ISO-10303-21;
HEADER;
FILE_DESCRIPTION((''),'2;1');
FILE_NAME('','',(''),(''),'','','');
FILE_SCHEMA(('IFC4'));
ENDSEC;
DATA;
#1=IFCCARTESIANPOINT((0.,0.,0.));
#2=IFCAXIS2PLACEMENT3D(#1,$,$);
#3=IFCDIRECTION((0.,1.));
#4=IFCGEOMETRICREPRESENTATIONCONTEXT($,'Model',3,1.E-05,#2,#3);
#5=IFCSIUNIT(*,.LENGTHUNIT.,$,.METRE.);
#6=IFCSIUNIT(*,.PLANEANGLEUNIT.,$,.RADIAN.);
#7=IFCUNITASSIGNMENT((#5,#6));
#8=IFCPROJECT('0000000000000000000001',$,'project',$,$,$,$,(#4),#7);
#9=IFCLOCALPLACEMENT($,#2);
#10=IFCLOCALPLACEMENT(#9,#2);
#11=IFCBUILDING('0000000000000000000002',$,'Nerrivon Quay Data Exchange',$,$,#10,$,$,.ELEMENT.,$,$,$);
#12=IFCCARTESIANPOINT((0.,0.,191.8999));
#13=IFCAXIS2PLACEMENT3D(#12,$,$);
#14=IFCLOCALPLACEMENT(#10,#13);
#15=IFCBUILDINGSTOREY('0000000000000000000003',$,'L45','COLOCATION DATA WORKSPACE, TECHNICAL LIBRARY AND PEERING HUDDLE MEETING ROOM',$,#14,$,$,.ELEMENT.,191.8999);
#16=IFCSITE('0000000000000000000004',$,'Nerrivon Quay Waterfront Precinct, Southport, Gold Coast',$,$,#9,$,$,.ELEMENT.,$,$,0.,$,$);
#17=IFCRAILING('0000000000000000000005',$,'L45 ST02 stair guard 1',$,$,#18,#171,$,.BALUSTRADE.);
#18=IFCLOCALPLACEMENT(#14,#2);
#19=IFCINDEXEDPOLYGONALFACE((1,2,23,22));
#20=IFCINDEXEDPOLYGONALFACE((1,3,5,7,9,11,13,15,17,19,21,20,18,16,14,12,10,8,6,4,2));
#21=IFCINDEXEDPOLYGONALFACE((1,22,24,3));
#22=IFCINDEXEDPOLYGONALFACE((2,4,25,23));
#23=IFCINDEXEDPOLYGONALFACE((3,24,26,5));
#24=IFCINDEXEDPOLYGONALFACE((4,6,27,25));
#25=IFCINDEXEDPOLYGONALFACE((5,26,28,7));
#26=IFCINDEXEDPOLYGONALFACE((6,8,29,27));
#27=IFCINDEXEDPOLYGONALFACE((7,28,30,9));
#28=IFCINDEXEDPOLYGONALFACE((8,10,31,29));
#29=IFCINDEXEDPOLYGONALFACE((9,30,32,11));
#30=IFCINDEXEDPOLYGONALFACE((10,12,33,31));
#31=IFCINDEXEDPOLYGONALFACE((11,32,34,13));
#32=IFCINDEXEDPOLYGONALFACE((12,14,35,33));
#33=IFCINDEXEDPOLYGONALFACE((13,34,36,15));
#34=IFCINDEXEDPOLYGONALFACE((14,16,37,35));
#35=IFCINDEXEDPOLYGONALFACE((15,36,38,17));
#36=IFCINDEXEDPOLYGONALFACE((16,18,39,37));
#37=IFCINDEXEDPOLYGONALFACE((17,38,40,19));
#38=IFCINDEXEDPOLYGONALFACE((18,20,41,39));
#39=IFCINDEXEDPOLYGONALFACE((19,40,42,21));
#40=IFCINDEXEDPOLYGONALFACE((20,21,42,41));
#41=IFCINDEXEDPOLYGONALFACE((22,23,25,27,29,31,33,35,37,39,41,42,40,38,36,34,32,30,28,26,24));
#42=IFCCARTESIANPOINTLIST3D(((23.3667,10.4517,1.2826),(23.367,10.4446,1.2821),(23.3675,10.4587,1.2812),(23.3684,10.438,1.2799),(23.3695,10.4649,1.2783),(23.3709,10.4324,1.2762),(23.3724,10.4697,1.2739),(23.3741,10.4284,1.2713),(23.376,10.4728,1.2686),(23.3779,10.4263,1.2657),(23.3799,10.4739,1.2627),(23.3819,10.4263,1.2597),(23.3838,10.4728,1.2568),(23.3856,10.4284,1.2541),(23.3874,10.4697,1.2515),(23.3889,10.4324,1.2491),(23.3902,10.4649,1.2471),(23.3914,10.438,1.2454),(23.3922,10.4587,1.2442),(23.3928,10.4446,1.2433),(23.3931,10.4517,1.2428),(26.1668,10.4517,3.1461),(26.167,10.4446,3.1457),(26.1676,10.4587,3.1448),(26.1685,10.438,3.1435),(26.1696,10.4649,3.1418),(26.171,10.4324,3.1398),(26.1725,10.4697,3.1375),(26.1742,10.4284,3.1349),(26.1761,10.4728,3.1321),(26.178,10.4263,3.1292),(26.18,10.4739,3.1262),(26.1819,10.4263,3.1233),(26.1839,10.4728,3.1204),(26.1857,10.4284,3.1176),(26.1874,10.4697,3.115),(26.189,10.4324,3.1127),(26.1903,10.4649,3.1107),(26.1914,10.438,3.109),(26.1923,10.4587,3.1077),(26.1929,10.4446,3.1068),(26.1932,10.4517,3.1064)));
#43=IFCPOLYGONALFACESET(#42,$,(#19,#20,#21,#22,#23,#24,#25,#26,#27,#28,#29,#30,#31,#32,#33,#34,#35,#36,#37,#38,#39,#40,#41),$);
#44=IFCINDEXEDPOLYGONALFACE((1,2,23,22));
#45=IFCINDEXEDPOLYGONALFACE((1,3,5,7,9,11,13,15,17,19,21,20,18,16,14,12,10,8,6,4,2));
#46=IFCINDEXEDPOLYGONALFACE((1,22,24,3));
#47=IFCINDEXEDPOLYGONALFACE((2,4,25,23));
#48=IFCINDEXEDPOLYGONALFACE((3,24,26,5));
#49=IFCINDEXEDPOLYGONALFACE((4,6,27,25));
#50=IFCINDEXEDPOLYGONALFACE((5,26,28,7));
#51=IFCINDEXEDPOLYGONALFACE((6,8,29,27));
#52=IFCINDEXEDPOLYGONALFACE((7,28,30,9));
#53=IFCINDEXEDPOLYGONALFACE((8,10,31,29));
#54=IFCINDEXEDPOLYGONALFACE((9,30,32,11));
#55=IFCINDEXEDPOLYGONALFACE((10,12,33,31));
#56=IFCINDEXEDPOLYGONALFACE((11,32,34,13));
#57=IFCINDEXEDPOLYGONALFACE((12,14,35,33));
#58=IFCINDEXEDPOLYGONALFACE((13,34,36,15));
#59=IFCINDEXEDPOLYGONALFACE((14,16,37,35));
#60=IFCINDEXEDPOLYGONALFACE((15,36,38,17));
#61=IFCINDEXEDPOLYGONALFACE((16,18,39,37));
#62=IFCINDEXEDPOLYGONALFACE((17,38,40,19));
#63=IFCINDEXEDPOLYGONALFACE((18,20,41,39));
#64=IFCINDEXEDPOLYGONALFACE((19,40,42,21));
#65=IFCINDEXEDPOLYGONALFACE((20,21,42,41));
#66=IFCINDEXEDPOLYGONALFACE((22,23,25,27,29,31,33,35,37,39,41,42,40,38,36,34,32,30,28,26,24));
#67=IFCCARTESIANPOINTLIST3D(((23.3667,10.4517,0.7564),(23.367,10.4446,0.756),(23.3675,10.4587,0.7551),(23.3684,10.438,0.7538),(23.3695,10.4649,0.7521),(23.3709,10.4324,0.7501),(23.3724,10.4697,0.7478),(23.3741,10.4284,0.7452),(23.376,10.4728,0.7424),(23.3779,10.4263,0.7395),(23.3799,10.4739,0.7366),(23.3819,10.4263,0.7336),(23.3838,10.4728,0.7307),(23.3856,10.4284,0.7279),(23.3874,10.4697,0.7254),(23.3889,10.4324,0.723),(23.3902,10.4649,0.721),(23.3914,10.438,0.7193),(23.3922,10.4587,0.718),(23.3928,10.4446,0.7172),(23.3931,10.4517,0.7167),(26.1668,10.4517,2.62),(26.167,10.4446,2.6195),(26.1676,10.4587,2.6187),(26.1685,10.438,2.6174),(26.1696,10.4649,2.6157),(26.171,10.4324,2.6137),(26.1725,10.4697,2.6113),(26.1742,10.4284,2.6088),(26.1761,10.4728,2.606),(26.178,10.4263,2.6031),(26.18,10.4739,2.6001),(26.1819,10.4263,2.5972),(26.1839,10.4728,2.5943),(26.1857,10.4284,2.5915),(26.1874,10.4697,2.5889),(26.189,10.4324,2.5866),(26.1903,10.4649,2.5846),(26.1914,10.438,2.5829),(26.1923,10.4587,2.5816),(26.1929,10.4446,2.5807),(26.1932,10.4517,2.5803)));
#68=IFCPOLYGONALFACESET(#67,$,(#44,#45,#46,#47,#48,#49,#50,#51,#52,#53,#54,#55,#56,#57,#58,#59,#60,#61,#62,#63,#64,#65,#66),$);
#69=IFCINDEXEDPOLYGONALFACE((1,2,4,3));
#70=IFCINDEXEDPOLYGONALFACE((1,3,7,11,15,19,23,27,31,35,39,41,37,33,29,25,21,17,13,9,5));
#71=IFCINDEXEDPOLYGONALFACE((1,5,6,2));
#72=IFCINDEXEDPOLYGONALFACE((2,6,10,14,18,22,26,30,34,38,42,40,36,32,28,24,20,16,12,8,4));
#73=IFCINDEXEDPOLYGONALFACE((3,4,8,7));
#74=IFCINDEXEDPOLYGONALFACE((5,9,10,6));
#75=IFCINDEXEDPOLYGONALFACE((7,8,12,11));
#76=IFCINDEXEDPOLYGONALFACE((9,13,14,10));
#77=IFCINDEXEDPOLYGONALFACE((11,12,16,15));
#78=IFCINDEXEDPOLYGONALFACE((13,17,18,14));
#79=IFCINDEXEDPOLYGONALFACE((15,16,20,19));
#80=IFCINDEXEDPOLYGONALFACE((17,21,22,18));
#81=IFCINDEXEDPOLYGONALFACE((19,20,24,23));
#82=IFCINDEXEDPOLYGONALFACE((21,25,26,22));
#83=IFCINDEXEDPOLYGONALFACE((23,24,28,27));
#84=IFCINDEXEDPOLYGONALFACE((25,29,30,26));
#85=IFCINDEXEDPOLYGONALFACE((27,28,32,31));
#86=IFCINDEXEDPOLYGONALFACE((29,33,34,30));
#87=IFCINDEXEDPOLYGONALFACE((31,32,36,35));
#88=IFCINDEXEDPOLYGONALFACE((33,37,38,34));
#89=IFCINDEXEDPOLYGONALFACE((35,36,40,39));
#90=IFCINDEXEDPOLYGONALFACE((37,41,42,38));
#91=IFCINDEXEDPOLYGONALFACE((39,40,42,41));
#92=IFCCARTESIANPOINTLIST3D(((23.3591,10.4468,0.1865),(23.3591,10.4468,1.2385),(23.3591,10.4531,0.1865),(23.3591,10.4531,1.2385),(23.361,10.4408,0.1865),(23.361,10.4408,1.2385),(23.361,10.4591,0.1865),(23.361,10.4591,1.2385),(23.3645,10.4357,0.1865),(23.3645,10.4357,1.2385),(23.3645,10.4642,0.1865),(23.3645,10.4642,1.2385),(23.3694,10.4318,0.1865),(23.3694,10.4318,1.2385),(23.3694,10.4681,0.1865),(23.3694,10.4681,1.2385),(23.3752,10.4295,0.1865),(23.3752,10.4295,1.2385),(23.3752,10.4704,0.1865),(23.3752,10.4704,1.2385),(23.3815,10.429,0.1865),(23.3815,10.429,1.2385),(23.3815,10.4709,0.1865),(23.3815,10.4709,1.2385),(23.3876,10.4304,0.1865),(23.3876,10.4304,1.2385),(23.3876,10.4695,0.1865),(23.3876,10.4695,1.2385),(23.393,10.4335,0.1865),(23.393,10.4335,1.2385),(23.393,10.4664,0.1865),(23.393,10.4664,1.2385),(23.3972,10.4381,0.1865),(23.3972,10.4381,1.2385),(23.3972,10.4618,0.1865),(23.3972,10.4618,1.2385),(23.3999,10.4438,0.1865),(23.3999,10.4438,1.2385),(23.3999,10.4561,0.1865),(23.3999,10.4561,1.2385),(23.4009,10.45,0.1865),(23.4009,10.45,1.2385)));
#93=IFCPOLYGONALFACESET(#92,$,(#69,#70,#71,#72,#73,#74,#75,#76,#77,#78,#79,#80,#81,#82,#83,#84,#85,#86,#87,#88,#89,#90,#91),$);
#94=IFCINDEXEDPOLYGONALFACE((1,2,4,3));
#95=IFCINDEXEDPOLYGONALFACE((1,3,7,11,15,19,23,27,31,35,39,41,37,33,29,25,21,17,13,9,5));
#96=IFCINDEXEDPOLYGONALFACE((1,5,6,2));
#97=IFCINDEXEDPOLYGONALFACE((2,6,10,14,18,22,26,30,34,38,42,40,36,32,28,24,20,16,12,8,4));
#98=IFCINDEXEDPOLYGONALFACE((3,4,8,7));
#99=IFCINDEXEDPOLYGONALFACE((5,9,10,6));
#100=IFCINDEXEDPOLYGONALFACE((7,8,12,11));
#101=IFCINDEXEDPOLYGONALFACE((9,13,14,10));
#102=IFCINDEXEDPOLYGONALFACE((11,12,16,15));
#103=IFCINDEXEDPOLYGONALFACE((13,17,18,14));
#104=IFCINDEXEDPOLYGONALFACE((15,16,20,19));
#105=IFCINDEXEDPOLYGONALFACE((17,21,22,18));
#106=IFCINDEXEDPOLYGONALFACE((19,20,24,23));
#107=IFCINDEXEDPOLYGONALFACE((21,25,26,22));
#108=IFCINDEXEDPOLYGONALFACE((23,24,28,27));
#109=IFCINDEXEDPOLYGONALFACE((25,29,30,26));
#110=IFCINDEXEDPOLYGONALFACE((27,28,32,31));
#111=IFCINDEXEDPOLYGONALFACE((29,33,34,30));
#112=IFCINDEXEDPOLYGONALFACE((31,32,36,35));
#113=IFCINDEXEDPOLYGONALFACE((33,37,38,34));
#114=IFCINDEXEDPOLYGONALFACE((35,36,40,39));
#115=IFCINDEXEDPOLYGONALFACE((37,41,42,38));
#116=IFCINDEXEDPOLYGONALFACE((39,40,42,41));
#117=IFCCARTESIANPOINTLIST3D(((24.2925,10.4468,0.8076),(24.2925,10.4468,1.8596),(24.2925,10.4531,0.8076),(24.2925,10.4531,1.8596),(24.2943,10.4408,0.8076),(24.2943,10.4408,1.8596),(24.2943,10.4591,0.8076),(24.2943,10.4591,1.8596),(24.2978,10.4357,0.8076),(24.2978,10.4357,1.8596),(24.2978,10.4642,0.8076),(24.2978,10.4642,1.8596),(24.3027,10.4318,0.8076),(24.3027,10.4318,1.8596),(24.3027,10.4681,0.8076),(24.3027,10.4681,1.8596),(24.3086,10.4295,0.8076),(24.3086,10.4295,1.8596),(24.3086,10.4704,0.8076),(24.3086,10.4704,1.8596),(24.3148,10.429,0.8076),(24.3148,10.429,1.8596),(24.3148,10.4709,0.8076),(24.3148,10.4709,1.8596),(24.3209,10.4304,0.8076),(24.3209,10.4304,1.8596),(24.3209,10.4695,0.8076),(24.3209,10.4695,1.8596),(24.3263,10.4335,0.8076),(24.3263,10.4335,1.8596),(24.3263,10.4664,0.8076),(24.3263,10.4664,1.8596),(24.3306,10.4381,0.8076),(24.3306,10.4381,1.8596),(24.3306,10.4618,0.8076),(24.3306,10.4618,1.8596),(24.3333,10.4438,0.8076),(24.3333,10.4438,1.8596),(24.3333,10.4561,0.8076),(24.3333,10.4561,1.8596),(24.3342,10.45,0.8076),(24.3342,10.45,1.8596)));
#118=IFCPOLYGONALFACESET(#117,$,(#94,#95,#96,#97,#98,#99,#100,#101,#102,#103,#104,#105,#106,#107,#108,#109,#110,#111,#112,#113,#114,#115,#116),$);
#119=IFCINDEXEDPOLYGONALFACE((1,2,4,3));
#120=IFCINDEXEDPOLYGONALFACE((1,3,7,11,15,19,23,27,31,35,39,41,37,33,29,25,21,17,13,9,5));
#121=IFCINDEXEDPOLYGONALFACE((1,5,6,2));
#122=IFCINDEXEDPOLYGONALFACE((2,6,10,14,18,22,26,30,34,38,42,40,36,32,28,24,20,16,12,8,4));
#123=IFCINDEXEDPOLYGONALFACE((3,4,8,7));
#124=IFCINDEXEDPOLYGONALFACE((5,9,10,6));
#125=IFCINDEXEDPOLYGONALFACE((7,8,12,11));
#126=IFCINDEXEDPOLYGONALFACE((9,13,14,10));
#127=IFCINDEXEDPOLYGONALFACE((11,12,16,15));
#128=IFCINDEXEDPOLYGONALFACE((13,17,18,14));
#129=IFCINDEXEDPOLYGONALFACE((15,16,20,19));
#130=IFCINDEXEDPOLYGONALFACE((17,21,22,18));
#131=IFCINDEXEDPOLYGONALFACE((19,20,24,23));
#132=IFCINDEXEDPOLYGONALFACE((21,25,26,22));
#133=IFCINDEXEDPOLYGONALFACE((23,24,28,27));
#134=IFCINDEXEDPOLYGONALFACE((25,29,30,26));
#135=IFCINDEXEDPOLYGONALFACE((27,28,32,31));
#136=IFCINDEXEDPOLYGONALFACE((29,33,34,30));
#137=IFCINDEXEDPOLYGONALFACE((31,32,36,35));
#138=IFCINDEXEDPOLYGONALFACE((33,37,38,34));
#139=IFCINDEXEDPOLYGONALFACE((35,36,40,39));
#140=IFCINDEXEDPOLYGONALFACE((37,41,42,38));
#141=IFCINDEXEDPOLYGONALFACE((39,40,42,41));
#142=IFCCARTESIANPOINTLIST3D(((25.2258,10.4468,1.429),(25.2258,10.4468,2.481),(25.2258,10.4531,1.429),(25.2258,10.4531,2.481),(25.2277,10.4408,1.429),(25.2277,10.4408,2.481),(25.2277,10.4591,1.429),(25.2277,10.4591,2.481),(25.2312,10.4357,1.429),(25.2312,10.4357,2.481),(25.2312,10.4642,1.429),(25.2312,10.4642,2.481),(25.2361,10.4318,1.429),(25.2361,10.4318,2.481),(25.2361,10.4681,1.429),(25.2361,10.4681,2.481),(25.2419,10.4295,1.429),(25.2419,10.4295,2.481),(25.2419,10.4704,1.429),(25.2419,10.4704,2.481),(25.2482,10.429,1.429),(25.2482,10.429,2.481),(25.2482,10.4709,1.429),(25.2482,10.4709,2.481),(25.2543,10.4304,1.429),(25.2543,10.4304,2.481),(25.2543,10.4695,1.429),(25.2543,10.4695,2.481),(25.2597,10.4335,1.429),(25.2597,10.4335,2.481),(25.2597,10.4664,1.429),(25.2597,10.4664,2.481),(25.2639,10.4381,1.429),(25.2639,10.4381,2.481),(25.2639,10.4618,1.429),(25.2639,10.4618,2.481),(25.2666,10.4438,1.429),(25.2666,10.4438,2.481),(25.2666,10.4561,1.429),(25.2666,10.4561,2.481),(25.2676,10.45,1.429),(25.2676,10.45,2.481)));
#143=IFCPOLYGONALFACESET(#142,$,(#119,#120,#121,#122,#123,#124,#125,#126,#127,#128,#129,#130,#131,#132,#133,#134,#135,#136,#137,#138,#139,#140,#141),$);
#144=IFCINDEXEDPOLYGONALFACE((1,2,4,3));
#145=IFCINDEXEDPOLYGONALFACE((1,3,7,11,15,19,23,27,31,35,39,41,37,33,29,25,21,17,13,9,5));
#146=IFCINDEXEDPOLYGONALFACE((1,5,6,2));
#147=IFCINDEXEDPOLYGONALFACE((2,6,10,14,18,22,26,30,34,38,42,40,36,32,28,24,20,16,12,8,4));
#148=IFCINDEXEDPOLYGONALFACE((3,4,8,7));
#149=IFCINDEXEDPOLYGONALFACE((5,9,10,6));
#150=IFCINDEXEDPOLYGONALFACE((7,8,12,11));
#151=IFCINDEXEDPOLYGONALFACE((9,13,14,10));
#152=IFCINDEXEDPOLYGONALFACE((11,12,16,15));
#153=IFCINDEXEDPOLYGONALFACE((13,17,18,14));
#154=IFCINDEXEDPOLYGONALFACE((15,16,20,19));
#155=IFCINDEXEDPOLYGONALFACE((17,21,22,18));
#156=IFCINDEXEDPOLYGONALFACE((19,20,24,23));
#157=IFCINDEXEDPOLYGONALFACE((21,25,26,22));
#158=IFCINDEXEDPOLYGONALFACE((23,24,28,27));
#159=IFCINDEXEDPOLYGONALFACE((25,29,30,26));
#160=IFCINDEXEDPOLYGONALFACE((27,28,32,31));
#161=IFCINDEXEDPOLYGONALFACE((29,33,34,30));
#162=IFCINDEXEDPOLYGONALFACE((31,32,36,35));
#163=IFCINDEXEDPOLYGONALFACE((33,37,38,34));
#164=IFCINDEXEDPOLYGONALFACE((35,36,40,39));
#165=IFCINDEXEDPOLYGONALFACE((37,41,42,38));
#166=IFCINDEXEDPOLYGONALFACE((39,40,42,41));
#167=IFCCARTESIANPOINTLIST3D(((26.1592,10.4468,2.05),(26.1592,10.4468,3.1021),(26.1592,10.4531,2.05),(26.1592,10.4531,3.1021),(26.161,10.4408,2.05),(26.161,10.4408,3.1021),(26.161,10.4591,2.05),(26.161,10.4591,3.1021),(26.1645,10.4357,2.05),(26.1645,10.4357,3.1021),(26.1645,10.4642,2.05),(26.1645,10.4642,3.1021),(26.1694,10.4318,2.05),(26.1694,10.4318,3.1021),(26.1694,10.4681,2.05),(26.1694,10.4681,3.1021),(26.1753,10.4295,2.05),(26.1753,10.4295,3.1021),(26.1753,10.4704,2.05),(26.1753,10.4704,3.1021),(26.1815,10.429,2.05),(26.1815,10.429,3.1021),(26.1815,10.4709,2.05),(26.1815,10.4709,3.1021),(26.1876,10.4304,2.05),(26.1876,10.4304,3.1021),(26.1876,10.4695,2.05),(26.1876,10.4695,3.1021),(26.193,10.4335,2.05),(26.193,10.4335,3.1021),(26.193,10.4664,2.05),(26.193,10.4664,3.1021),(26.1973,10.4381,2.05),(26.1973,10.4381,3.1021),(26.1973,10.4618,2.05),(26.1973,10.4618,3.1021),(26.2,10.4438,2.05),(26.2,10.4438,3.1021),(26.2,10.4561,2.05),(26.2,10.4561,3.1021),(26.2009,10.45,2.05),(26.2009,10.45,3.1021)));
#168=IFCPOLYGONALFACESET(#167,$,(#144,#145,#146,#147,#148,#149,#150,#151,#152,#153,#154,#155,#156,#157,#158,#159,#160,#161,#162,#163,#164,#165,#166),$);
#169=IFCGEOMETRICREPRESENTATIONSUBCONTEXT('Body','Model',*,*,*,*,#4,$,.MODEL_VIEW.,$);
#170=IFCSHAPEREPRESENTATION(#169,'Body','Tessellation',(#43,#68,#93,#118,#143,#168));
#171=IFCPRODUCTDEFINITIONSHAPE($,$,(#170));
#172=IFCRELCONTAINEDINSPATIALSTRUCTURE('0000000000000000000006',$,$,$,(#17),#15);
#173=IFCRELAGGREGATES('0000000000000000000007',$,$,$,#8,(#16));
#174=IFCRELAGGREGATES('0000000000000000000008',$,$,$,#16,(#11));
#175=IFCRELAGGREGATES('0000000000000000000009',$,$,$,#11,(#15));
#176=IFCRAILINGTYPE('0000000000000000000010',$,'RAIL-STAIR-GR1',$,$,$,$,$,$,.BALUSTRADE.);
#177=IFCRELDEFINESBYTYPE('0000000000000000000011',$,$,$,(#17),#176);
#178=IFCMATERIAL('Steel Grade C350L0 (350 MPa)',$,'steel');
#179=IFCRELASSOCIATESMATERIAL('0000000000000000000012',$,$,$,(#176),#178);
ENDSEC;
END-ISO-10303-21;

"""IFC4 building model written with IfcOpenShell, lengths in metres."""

from ifc_helpers import new_model, si_unit, direction, frame, origin, origin_2d, place, context, subcontext, project, spatial, circle, extrude, material, type_object, element, save


model = new_model("IFC4")

# Units and contexts
model_context = context("Model", 3, precision=1e-05, world=origin(), true_north=direction((0.0, 1.0)))
body_context = subcontext(model_context, "Body", "Model", "MODEL_VIEW")
ifc_project = project(units=[si_unit("LENGTHUNIT", "METRE"), si_unit("PLANEANGLEUNIT", "RADIAN")], contexts=[model_context])

# Site, building, storey
site_placement = place(None, origin())
site = spatial("IfcSite", under=ifc_project, at=site_placement, Name="Nerrivon Quay Waterfront Precinct, Southport, Gold Coast", CompositionType="ELEMENT", RefElevation=0.0)
building_placement = place(site_placement, origin())
building = spatial("IfcBuilding", under=site, at=building_placement, Name="Nerrivon Quay Data Exchange", CompositionType="ELEMENT")
storey_placement = place(building_placement, frame((0.0, 0.0, 191.8999)))
storey = spatial("IfcBuildingStorey", under=building, at=storey_placement, Name="L45", Description="COLOCATION DATA WORKSPACE, TECHNICAL LIBRARY AND PEERING HUDDLE MEETING ROOM", CompositionType="ELEMENT", Elevation=191.8999)

# Railing
ifc_material_1 = material(Name="Steel Grade C350L0 (350 MPa)", Category="steel")
railing_type_1 = type_object("IfcRailingType", Name="RAIL-STAIR-GR1", PredefinedType="BALUSTRADE", material=ifc_material_1)
railing_1_placement = place(storey_placement, frame((23.3799, 10.45, 0.1865)))
element("IfcRailing", 1, at=railing_1_placement, inside=storey, type_object=railing_type_1, Name="L45 ST02 stair guard 1", PredefinedType="BALUSTRADE", context=body_context, shape_type="SweptSolid", body=[
    extrude(circle(Radius=0.0239, at=origin_2d()), frame((0.0, 0.0, 1.0762), z_axis=(0.832486, 0.0, 0.554047), x_axis=(0.0, 1.0, 0.0)), (0.0, 0.0, 1.0), 3.3635),
    extrude(circle(Radius=0.0239, at=origin_2d()), frame((0.0, 0.0, 0.55), z_axis=(0.832486, 0.0, 0.554047), x_axis=(0.0, 1.0, 0.0)), (0.0, 0.0, 1.0), 3.3635),
    extrude(circle(Radius=0.021, at=origin_2d()), origin(), (0.0, 0.0, 1.0), 1.052),
    extrude(circle(Radius=0.021, at=origin_2d()), frame((0.9333, 0.0, 0.6211)), (0.0, 0.0, 1.0), 1.052),
    extrude(circle(Radius=0.021, at=origin_2d()), frame((1.8667, 0.0, 1.2424)), (0.0, 0.0, 1.0), 1.052),
    extrude(circle(Radius=0.021, at=origin_2d()), frame((2.8, 0.0, 1.8635)), (0.0, 0.0, 1.0), 1.052),
])

save(model, "model.ifc")
